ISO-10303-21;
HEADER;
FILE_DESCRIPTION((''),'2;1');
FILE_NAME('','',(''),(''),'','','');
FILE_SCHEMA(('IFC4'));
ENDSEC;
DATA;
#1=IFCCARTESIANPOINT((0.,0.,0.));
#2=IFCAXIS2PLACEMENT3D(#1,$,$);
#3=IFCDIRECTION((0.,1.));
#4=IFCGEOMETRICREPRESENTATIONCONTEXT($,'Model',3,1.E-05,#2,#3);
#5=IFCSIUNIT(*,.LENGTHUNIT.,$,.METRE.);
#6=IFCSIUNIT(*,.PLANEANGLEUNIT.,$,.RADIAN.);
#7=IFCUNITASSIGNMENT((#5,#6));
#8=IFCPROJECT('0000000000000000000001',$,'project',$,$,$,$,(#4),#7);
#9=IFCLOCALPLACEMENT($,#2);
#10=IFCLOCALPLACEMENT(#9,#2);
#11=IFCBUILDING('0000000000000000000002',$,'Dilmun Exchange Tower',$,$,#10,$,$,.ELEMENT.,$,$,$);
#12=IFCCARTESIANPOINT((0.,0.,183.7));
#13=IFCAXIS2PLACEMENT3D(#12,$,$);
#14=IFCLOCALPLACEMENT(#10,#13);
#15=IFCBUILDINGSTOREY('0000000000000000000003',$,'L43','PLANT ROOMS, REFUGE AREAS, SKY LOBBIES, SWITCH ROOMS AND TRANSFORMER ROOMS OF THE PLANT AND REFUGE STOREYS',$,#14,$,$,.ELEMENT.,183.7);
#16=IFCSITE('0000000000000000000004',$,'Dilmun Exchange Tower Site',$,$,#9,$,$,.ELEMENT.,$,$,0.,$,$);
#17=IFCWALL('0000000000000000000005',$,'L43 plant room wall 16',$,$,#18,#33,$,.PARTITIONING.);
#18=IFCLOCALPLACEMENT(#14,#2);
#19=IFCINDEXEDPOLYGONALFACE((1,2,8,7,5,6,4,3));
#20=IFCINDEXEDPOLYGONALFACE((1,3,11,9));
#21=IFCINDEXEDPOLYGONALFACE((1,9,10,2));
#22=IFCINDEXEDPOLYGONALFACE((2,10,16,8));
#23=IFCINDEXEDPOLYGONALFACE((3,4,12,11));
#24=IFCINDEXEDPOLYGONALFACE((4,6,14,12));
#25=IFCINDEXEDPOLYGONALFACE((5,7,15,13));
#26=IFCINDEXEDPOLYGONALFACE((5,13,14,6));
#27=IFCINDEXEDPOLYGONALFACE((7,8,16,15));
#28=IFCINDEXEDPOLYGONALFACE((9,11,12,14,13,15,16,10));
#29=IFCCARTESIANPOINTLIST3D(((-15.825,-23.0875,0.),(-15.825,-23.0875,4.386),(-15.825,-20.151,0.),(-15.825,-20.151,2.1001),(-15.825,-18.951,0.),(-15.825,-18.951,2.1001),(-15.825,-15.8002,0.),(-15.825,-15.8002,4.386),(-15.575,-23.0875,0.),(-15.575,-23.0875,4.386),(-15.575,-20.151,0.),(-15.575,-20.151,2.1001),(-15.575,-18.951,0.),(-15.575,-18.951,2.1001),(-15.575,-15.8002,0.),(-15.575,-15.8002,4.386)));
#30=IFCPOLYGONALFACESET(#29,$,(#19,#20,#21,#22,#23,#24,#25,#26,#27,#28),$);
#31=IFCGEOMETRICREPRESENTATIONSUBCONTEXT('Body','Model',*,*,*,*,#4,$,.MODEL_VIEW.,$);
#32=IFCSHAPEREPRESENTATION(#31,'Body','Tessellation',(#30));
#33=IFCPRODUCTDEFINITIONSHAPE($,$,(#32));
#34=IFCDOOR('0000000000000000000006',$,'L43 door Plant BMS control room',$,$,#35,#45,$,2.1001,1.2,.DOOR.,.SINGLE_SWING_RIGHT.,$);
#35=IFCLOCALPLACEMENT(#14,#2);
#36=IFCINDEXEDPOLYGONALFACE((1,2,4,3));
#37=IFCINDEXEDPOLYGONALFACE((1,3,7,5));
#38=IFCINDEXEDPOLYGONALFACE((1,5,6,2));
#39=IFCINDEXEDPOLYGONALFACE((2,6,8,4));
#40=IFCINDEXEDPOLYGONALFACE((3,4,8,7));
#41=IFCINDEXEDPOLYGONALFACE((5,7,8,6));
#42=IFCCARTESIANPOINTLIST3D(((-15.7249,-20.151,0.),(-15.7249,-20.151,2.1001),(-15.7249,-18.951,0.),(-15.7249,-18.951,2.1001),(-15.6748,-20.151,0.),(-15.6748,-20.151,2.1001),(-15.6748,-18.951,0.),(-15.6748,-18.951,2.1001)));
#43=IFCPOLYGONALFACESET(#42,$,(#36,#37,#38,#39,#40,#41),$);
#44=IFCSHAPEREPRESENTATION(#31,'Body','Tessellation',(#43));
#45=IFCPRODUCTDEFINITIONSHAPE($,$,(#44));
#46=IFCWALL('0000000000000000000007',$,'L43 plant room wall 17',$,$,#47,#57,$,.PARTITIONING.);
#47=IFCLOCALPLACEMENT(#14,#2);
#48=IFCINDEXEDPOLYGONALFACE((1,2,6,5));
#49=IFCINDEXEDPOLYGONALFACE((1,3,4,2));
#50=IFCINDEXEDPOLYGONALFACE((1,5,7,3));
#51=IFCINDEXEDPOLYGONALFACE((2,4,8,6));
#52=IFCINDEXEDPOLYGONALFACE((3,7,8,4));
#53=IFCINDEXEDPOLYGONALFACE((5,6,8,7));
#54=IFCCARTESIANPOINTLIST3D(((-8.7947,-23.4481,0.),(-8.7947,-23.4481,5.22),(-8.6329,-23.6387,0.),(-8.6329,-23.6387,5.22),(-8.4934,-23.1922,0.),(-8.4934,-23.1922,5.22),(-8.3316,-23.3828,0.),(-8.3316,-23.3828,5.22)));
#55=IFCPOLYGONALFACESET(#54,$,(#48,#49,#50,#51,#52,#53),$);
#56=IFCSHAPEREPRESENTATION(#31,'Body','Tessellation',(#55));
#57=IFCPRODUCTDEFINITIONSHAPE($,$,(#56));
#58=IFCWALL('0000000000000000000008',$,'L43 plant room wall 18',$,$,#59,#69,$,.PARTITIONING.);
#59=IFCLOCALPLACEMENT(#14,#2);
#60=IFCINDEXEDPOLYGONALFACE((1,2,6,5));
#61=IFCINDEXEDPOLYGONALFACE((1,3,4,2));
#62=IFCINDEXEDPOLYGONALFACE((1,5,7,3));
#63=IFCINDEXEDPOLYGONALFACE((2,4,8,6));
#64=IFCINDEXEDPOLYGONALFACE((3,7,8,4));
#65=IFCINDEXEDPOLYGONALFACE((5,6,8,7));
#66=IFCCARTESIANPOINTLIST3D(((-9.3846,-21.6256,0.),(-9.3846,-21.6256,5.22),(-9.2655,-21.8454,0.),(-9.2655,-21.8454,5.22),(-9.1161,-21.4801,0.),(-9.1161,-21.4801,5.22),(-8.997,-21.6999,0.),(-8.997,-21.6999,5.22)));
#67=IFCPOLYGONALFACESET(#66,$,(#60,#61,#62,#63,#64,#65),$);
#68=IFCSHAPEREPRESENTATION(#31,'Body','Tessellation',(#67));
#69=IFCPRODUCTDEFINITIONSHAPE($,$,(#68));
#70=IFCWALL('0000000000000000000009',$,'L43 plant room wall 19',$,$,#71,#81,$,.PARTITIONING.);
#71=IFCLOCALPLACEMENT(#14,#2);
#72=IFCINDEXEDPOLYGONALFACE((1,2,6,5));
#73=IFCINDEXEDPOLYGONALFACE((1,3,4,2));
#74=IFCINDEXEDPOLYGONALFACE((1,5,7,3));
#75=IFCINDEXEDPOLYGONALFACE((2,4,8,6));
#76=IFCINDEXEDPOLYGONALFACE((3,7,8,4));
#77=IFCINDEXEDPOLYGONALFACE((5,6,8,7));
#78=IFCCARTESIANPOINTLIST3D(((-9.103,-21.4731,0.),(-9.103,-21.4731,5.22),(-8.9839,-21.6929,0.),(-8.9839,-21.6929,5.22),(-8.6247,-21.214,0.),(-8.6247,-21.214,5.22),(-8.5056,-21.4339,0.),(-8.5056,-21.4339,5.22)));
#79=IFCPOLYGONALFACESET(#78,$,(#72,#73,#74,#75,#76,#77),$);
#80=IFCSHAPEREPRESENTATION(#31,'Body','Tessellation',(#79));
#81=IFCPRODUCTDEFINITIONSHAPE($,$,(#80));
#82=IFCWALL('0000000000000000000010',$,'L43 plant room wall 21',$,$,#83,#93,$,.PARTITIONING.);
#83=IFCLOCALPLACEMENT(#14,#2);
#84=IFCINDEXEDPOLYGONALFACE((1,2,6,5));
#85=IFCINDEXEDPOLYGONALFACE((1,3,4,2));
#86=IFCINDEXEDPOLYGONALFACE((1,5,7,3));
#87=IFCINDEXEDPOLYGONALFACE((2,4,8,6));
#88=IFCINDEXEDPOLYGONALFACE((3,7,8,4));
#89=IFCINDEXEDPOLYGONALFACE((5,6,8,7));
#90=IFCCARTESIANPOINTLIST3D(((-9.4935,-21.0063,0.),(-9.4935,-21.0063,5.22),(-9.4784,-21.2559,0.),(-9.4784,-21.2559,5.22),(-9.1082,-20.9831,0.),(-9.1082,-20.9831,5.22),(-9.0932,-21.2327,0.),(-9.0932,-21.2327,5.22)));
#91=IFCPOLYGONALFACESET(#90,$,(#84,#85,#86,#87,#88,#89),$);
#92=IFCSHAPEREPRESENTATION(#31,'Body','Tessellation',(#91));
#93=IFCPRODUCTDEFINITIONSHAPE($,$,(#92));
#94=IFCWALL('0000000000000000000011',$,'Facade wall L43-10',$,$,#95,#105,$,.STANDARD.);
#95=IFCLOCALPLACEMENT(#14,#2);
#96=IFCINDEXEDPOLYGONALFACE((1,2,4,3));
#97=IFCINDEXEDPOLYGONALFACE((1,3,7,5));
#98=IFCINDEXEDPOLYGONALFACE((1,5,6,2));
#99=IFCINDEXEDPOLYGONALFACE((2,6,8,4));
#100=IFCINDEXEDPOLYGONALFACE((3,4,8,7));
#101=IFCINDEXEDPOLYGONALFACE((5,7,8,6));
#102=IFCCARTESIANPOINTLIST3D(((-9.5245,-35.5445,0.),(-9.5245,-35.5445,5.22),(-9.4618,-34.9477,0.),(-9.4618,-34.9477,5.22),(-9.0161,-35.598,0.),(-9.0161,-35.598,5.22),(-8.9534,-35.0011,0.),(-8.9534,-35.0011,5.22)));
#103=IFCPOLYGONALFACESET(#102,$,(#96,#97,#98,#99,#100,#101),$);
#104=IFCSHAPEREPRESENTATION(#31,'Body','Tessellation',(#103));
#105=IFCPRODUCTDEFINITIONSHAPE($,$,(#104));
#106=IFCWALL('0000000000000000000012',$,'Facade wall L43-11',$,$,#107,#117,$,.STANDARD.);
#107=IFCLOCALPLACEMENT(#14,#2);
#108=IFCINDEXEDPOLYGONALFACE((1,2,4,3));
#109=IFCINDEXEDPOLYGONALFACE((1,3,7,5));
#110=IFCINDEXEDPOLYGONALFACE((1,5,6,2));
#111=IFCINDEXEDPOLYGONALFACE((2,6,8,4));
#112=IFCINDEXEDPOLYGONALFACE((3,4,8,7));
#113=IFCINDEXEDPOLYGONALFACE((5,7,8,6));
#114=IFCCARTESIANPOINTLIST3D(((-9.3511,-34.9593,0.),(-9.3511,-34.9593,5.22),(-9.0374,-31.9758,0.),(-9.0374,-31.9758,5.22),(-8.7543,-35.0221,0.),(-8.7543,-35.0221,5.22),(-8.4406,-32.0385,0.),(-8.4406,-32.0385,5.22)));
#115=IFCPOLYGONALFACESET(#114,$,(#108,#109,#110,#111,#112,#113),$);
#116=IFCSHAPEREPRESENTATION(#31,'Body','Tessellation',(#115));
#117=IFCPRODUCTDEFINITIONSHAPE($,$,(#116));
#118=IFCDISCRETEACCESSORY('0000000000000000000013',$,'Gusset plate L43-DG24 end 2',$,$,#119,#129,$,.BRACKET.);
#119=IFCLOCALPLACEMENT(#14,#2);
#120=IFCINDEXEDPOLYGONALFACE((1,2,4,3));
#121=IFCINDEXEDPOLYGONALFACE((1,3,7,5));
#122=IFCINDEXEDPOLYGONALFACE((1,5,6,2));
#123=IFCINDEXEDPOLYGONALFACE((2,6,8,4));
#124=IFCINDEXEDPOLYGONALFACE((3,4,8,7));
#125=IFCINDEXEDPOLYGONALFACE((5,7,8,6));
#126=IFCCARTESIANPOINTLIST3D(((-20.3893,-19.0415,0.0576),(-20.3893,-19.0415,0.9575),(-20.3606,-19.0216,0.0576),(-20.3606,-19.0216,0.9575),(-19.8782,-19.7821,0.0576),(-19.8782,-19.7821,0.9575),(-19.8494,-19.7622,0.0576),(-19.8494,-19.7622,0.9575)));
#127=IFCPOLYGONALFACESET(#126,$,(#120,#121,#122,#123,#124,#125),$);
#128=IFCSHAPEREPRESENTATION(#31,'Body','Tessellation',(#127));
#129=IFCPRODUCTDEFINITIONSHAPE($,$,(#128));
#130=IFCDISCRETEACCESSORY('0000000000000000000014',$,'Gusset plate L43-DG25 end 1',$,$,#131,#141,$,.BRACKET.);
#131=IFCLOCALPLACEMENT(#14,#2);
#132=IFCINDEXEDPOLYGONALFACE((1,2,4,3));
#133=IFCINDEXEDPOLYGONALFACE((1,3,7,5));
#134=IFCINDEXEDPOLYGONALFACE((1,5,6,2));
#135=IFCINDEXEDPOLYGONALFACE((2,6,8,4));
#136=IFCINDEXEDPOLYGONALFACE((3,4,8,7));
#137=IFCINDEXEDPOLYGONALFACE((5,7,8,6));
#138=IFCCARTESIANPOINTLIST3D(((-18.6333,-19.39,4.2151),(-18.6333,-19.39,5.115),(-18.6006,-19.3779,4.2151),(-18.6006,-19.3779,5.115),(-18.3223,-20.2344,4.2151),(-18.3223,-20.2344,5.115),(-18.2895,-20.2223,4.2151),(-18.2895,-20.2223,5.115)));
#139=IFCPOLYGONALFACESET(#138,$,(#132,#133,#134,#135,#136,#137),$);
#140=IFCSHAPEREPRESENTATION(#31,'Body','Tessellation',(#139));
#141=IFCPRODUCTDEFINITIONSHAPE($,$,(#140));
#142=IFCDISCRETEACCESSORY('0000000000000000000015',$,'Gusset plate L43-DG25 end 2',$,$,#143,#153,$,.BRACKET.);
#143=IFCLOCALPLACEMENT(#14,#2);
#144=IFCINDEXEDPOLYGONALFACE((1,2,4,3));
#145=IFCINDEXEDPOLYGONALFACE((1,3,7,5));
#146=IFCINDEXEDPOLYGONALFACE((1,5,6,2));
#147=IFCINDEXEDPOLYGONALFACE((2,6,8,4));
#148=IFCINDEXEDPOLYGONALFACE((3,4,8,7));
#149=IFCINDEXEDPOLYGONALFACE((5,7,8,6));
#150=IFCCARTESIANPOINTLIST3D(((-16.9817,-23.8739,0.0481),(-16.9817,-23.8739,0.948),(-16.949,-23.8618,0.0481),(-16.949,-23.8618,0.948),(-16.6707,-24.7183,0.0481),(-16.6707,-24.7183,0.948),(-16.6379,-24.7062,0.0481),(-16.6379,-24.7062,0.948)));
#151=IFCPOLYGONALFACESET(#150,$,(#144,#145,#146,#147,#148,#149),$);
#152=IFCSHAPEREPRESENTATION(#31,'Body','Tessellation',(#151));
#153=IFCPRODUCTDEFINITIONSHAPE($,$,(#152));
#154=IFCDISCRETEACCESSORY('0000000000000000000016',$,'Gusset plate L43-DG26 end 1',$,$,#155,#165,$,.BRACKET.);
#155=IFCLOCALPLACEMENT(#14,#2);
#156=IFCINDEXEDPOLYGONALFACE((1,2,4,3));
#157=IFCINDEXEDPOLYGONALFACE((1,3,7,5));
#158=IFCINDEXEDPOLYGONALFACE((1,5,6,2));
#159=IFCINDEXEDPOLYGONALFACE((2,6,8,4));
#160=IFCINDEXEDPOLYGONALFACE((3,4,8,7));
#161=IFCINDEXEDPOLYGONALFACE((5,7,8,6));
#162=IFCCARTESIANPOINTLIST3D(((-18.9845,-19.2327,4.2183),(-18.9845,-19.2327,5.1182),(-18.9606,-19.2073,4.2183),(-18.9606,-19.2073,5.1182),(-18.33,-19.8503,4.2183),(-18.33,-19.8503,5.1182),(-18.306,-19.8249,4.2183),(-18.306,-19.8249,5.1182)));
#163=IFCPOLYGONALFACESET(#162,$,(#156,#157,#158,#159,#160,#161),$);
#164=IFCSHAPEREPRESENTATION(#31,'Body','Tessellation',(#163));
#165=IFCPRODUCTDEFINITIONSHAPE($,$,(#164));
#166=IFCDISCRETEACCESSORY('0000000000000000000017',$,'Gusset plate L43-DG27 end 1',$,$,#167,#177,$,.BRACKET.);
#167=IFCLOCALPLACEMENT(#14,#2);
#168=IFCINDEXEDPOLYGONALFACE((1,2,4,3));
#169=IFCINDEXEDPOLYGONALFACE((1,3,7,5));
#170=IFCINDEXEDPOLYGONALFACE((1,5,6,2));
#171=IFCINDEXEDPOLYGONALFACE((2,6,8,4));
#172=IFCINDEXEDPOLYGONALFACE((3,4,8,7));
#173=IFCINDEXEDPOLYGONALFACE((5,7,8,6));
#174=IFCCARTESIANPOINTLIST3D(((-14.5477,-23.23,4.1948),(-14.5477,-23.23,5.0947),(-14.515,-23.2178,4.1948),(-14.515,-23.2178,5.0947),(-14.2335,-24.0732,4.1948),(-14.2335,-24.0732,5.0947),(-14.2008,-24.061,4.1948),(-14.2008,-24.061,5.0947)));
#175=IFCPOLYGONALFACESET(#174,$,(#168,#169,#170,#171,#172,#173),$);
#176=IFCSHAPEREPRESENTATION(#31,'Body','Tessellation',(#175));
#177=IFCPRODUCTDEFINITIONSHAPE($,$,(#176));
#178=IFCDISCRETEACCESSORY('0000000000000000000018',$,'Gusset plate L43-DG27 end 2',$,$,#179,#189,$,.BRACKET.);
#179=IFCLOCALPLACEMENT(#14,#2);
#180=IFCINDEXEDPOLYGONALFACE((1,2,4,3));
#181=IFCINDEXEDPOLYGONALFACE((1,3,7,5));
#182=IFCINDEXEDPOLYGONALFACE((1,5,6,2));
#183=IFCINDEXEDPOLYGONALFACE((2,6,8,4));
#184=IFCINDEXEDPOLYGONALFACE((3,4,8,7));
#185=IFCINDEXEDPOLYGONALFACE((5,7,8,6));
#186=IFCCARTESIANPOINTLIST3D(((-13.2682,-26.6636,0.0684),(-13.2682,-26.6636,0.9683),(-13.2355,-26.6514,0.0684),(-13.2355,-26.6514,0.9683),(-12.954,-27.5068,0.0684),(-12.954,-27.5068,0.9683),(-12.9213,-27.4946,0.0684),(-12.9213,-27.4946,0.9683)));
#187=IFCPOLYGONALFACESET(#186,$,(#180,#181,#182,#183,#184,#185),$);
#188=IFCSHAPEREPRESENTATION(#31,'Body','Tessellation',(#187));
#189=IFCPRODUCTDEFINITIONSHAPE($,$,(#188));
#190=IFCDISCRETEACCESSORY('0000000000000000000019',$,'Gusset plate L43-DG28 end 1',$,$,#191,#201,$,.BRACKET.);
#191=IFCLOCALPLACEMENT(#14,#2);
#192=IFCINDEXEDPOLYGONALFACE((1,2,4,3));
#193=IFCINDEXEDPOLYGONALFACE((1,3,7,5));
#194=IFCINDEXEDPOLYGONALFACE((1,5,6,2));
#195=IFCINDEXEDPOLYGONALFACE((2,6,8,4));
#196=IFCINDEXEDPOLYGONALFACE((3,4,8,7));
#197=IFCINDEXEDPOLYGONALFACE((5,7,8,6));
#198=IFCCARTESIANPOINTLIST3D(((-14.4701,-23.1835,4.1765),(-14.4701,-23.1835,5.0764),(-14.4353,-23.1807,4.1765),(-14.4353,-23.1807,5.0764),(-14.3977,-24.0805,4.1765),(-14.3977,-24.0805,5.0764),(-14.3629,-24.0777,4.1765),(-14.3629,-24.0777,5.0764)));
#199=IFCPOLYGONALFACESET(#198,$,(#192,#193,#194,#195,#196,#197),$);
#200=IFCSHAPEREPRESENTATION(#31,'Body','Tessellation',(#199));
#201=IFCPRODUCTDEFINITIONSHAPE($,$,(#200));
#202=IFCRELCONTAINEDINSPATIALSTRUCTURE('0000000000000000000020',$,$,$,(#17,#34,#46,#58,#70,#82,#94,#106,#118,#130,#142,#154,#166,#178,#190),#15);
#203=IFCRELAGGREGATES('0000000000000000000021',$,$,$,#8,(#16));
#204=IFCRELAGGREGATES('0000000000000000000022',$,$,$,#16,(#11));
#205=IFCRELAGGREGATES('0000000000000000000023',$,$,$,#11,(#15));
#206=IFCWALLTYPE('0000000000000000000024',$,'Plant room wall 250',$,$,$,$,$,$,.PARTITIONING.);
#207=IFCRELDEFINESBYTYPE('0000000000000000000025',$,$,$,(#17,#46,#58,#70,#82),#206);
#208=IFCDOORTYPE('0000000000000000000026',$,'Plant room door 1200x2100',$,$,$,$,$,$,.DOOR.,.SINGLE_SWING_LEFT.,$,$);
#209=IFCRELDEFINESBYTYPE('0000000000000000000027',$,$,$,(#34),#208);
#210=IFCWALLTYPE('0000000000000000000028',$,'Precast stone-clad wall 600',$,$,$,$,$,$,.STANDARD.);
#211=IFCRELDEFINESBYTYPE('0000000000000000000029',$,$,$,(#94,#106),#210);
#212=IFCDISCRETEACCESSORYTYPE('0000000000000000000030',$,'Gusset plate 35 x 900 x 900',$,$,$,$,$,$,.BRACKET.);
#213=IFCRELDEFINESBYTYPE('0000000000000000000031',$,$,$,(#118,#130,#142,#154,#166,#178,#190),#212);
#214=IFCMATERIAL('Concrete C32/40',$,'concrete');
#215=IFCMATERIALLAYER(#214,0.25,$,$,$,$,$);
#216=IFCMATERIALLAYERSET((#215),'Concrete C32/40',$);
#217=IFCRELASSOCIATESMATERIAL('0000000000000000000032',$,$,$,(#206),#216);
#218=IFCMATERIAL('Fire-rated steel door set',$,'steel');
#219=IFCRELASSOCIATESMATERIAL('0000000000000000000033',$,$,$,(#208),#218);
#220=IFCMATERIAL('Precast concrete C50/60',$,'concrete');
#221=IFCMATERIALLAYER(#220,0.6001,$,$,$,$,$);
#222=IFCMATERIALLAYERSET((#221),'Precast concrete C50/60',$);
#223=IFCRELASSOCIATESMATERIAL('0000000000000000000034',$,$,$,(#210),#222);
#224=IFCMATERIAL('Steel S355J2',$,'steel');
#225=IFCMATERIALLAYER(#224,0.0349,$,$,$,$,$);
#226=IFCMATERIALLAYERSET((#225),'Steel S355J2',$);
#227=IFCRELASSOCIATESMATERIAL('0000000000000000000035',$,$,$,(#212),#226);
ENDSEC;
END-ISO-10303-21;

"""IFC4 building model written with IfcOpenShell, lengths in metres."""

from ifc_helpers import new_model, si_unit, direction, frame, frame_2d, origin, origin_2d, place, context, subcontext, project, spatial, rectangle, extrude, material, layer, layer_set, type_object, element, fill, save


model = new_model("IFC4")

# Units and contexts
model_context = context("Model", 3, precision=1e-05, world=origin(), true_north=direction((0.0, 1.0)))
body_context = subcontext(model_context, "Body", "Model", "MODEL_VIEW")
ifc_project = project(units=[si_unit("LENGTHUNIT", "METRE"), si_unit("PLANEANGLEUNIT", "RADIAN")], contexts=[model_context])

# Site, building, storey
site_placement = place(None, origin())
site = spatial("IfcSite", under=ifc_project, at=site_placement, Name="Dilmun Exchange Tower Site", CompositionType="ELEMENT", RefElevation=0.0)
building_placement = place(site_placement, origin())
building = spatial("IfcBuilding", under=site, at=building_placement, Name="Dilmun Exchange Tower", CompositionType="ELEMENT")
storey_placement = place(building_placement, frame((0.0, 0.0, 183.7)))
storey = spatial("IfcBuildingStorey", under=building, at=storey_placement, Name="L43", Description="PLANT ROOMS, REFUGE AREAS, SKY LOBBIES, SWITCH ROOMS AND TRANSFORMER ROOMS OF THE PLANT AND REFUGE STOREYS", CompositionType="ELEMENT", Elevation=183.7)

# Shared definitions
ifc_material_1 = material(Name="Concrete C32/40", Category="concrete")
ifc_layer_1 = layer(ifc_material_1, 0.25)
ifc_layer_set_1 = layer_set([ifc_layer_1], Name="Concrete C32/40")
wall_type_1 = type_object("IfcWallType", Name="Plant room wall 250", PredefinedType="PARTITIONING", material=ifc_layer_set_1)

# Wall, opening, door
wall_1_placement = place(storey_placement, frame((-15.7, -23.0874, 0.0), z_axis=(0.0, 0.0, 1.0), x_axis=(0.0, 1.0, 0.0)))
wall_1 = element("IfcWall", 1, at=wall_1_placement, inside=storey, type_object=wall_type_1, Name="L43 plant room wall 16", PredefinedType="PARTITIONING", context=body_context, shape_type="SweptSolid", body=[
    extrude(rectangle(XDim=7.2874, YDim=0.25, at=frame_2d((3.6436, 0.0))), origin(), (0.0, 0.0, 1.0), 4.386),
])
opening_placement = place(wall_1_placement, frame((2.9363, 0.0, 0.0)))
opening = element("IfcOpeningElement", 2, at=opening_placement, cuts=wall_1, PredefinedType="OPENING", context=body_context, shape_type="SweptSolid", body=[
    extrude(rectangle(XDim=1.2, YDim=2.1001, at=frame_2d((0.6001, 1.05))), frame((0.0, 0.135, 0.0), z_axis=(0.0, -1.0, 0.0), x_axis=(1.0, 0.0, 0.0)), (0.0, 0.0, 1.0), 0.27),
])
ifc_material_2 = material(Name="Fire-rated steel door set", Category="steel")
door_type = type_object("IfcDoorType", Name="Plant room door 1200x2100", OperationType="SINGLE_SWING_LEFT", PredefinedType="DOOR", material=ifc_material_2)
door_placement = place(opening_placement, origin())
door = element("IfcDoor", 3, at=door_placement, inside=storey, type_object=door_type, Name="L43 door Plant BMS control room", OperationType="SINGLE_SWING_RIGHT", OverallHeight=2.1001, OverallWidth=1.2, PredefinedType="DOOR", context=body_context, shape_type="SweptSolid", body=[
    extrude(rectangle(XDim=1.2, YDim=2.1001, at=frame_2d((0.6001, 1.05))), frame((0.0, 0.0249, 0.0), z_axis=(0.0, -1.0, 0.0), x_axis=(1.0, 0.0, 0.0)), (0.0, 0.0, 1.0), 0.05),
])
fill(opening, door)

# Walls
wall_2_placement = place(storey_placement, frame((-8.7139, -23.5435, 0.0), z_axis=(0.0, 0.0, 1.0), x_axis=(0.762214, 0.647326, 0.0)))
element("IfcWall", 4, at=wall_2_placement, inside=storey, type_object=wall_type_1, Name="L43 plant room wall 17", PredefinedType="PARTITIONING", context=body_context, shape_type="SweptSolid", body=[
    extrude(rectangle(XDim=0.3953, YDim=0.25, at=frame_2d((0.1978, 0.0))), origin(), (0.0, 0.0, 1.0), 5.22),
])
wall_3_placement = place(storey_placement, frame((-9.3252, -21.7356, 0.0), z_axis=(0.0, 0.0, 1.0), x_axis=(0.879236, 0.476386, 0.0)))
element("IfcWall", 5, at=wall_3_placement, inside=storey, type_object=wall_type_1, Name="L43 plant room wall 18", PredefinedType="PARTITIONING", context=body_context, shape_type="SweptSolid", body=[
    extrude(rectangle(XDim=0.3054, YDim=0.25, at=frame_2d((0.1528, 0.0))), origin(), (0.0, 0.0, 1.0), 5.22),
])
wall_4_placement = place(storey_placement, frame((-9.0435, -21.583, 0.0), z_axis=(0.0, 0.0, 1.0), x_axis=(0.879315, 0.47624, 0.0)))
element("IfcWall", 6, at=wall_4_placement, inside=storey, type_object=wall_type_1, Name="L43 plant room wall 19", PredefinedType="PARTITIONING", context=body_context, shape_type="SweptSolid", body=[
    extrude(rectangle(XDim=0.5439, YDim=0.25, at=frame_2d((0.272, 0.0))), origin(), (0.0, 0.0, 1.0), 5.22),
])
wall_5_placement = place(storey_placement, frame((-9.4858, -21.1311, 0.0), z_axis=(0.0, 0.0, 1.0), x_axis=(0.998193, 0.060094, 0.0)))
element("IfcWall", 7, at=wall_5_placement, inside=storey, type_object=wall_type_1, Name="L43 plant room wall 21", PredefinedType="PARTITIONING", context=body_context, shape_type="SweptSolid", body=[
    extrude(rectangle(XDim=0.386, YDim=0.25, at=frame_2d((0.1929, 0.0))), origin(), (0.0, 0.0, 1.0), 5.22),
])
ifc_material_3 = material(Name="Precast concrete C50/60", Category="concrete")
ifc_layer_2 = layer(ifc_material_3, 0.6001)
ifc_layer_set_2 = layer_set([ifc_layer_2], Name="Precast concrete C50/60")
wall_type_2 = type_object("IfcWallType", Name="Precast stone-clad wall 600", PredefinedType="STANDARD", material=ifc_layer_set_2)
wall_6_placement = place(storey_placement, frame((-9.4932, -35.2461, 0.0), z_axis=(0.0, 0.0, 1.0), x_axis=(0.994519, -0.104561, 0.0)))
element("IfcWall", 8, at=wall_6_placement, inside=storey, type_object=wall_type_2, Name="Facade wall L43-10", PredefinedType="STANDARD", context=body_context, shape_type="SweptSolid", body=[
    extrude(rectangle(XDim=0.5112, YDim=0.6001, at=frame_2d((0.2556, 0.0))), origin(), (0.0, 0.0, 1.0), 5.22),
])
wall_7_placement = place(storey_placement, frame((-9.0527, -34.9907, 0.0), z_axis=(0.0, 0.0, 1.0), x_axis=(0.10457, 0.994517, 0.0)))
element("IfcWall", 9, at=wall_7_placement, inside=storey, type_object=wall_type_2, Name="Facade wall L43-11", PredefinedType="STANDARD", context=body_context, shape_type="SweptSolid", body=[
    extrude(rectangle(XDim=3.0, YDim=0.6001, at=frame_2d((1.5, 0.0))), origin(), (0.0, 0.0, 1.0), 5.22),
])

# Discrete accessories
ifc_material_4 = material(Name="Steel S355J2", Category="steel")
ifc_layer_3 = layer(ifc_material_4, 0.0349)
ifc_layer_set_3 = layer_set([ifc_layer_3], Name="Steel S355J2")
discrete_accessory_type = type_object("IfcDiscreteAccessoryType", Name="Gusset plate 35 x 900 x 900", PredefinedType="BRACKET", material=ifc_layer_set_3)
for number, where, z_axis, x_axis, name in (
    (10, (-20.1194, -19.4019, 0.0576), (0.0, 0.0, 1.0), (0.568042, -0.823, 0.0), "Gusset plate L43-DG24 end 2"),
    (11, (-18.4614, -19.8062, 4.2151), (0.0, 0.0, 1.0), (0.345631, -0.938371, 0.0), "Gusset plate L43-DG25 end 1"),
    (12, (-16.8098, -24.29, 0.0481), (0.0, 0.0, 1.0), (0.345631, -0.938371, 0.0), "Gusset plate L43-DG25 end 2"),
    (13, (-18.6453, -19.5288, 4.2183), (0.0, 0.0, 1.0), (-0.727394, 0.68622, 0.0), "Gusset plate L43-DG26 end 1"),
    (14, (-14.3743, -23.6455, 4.1948), (0.0, 0.0, 1.0), (0.34919, -0.937052, 0.0), "Gusset plate L43-DG27 end 1"),
    (15, (-13.0947, -27.0791, 0.0684), (0.0, 0.0, 1.0), (0.34919, -0.937052, 0.0), "Gusset plate L43-DG27 end 2"),
    (16, (-14.4165, -23.6306, 4.1765), (0.0, 0.0, 1.0), (0.080396, -0.996763, 0.0), "Gusset plate L43-DG28 end 1"),
):
    element("IfcDiscreteAccessory", number, at=place(storey_placement, frame(where, z_axis=z_axis, x_axis=x_axis)), inside=storey, type_object=discrete_accessory_type, Name=name, PredefinedType="BRACKET", context=body_context, shape_type="SweptSolid", body=[
        extrude(rectangle(XDim=0.8999, YDim=0.0349, at=origin_2d()), origin(), (0.0, 0.0, 1.0), 0.8999),
    ])

save(model, "model.ifc")
